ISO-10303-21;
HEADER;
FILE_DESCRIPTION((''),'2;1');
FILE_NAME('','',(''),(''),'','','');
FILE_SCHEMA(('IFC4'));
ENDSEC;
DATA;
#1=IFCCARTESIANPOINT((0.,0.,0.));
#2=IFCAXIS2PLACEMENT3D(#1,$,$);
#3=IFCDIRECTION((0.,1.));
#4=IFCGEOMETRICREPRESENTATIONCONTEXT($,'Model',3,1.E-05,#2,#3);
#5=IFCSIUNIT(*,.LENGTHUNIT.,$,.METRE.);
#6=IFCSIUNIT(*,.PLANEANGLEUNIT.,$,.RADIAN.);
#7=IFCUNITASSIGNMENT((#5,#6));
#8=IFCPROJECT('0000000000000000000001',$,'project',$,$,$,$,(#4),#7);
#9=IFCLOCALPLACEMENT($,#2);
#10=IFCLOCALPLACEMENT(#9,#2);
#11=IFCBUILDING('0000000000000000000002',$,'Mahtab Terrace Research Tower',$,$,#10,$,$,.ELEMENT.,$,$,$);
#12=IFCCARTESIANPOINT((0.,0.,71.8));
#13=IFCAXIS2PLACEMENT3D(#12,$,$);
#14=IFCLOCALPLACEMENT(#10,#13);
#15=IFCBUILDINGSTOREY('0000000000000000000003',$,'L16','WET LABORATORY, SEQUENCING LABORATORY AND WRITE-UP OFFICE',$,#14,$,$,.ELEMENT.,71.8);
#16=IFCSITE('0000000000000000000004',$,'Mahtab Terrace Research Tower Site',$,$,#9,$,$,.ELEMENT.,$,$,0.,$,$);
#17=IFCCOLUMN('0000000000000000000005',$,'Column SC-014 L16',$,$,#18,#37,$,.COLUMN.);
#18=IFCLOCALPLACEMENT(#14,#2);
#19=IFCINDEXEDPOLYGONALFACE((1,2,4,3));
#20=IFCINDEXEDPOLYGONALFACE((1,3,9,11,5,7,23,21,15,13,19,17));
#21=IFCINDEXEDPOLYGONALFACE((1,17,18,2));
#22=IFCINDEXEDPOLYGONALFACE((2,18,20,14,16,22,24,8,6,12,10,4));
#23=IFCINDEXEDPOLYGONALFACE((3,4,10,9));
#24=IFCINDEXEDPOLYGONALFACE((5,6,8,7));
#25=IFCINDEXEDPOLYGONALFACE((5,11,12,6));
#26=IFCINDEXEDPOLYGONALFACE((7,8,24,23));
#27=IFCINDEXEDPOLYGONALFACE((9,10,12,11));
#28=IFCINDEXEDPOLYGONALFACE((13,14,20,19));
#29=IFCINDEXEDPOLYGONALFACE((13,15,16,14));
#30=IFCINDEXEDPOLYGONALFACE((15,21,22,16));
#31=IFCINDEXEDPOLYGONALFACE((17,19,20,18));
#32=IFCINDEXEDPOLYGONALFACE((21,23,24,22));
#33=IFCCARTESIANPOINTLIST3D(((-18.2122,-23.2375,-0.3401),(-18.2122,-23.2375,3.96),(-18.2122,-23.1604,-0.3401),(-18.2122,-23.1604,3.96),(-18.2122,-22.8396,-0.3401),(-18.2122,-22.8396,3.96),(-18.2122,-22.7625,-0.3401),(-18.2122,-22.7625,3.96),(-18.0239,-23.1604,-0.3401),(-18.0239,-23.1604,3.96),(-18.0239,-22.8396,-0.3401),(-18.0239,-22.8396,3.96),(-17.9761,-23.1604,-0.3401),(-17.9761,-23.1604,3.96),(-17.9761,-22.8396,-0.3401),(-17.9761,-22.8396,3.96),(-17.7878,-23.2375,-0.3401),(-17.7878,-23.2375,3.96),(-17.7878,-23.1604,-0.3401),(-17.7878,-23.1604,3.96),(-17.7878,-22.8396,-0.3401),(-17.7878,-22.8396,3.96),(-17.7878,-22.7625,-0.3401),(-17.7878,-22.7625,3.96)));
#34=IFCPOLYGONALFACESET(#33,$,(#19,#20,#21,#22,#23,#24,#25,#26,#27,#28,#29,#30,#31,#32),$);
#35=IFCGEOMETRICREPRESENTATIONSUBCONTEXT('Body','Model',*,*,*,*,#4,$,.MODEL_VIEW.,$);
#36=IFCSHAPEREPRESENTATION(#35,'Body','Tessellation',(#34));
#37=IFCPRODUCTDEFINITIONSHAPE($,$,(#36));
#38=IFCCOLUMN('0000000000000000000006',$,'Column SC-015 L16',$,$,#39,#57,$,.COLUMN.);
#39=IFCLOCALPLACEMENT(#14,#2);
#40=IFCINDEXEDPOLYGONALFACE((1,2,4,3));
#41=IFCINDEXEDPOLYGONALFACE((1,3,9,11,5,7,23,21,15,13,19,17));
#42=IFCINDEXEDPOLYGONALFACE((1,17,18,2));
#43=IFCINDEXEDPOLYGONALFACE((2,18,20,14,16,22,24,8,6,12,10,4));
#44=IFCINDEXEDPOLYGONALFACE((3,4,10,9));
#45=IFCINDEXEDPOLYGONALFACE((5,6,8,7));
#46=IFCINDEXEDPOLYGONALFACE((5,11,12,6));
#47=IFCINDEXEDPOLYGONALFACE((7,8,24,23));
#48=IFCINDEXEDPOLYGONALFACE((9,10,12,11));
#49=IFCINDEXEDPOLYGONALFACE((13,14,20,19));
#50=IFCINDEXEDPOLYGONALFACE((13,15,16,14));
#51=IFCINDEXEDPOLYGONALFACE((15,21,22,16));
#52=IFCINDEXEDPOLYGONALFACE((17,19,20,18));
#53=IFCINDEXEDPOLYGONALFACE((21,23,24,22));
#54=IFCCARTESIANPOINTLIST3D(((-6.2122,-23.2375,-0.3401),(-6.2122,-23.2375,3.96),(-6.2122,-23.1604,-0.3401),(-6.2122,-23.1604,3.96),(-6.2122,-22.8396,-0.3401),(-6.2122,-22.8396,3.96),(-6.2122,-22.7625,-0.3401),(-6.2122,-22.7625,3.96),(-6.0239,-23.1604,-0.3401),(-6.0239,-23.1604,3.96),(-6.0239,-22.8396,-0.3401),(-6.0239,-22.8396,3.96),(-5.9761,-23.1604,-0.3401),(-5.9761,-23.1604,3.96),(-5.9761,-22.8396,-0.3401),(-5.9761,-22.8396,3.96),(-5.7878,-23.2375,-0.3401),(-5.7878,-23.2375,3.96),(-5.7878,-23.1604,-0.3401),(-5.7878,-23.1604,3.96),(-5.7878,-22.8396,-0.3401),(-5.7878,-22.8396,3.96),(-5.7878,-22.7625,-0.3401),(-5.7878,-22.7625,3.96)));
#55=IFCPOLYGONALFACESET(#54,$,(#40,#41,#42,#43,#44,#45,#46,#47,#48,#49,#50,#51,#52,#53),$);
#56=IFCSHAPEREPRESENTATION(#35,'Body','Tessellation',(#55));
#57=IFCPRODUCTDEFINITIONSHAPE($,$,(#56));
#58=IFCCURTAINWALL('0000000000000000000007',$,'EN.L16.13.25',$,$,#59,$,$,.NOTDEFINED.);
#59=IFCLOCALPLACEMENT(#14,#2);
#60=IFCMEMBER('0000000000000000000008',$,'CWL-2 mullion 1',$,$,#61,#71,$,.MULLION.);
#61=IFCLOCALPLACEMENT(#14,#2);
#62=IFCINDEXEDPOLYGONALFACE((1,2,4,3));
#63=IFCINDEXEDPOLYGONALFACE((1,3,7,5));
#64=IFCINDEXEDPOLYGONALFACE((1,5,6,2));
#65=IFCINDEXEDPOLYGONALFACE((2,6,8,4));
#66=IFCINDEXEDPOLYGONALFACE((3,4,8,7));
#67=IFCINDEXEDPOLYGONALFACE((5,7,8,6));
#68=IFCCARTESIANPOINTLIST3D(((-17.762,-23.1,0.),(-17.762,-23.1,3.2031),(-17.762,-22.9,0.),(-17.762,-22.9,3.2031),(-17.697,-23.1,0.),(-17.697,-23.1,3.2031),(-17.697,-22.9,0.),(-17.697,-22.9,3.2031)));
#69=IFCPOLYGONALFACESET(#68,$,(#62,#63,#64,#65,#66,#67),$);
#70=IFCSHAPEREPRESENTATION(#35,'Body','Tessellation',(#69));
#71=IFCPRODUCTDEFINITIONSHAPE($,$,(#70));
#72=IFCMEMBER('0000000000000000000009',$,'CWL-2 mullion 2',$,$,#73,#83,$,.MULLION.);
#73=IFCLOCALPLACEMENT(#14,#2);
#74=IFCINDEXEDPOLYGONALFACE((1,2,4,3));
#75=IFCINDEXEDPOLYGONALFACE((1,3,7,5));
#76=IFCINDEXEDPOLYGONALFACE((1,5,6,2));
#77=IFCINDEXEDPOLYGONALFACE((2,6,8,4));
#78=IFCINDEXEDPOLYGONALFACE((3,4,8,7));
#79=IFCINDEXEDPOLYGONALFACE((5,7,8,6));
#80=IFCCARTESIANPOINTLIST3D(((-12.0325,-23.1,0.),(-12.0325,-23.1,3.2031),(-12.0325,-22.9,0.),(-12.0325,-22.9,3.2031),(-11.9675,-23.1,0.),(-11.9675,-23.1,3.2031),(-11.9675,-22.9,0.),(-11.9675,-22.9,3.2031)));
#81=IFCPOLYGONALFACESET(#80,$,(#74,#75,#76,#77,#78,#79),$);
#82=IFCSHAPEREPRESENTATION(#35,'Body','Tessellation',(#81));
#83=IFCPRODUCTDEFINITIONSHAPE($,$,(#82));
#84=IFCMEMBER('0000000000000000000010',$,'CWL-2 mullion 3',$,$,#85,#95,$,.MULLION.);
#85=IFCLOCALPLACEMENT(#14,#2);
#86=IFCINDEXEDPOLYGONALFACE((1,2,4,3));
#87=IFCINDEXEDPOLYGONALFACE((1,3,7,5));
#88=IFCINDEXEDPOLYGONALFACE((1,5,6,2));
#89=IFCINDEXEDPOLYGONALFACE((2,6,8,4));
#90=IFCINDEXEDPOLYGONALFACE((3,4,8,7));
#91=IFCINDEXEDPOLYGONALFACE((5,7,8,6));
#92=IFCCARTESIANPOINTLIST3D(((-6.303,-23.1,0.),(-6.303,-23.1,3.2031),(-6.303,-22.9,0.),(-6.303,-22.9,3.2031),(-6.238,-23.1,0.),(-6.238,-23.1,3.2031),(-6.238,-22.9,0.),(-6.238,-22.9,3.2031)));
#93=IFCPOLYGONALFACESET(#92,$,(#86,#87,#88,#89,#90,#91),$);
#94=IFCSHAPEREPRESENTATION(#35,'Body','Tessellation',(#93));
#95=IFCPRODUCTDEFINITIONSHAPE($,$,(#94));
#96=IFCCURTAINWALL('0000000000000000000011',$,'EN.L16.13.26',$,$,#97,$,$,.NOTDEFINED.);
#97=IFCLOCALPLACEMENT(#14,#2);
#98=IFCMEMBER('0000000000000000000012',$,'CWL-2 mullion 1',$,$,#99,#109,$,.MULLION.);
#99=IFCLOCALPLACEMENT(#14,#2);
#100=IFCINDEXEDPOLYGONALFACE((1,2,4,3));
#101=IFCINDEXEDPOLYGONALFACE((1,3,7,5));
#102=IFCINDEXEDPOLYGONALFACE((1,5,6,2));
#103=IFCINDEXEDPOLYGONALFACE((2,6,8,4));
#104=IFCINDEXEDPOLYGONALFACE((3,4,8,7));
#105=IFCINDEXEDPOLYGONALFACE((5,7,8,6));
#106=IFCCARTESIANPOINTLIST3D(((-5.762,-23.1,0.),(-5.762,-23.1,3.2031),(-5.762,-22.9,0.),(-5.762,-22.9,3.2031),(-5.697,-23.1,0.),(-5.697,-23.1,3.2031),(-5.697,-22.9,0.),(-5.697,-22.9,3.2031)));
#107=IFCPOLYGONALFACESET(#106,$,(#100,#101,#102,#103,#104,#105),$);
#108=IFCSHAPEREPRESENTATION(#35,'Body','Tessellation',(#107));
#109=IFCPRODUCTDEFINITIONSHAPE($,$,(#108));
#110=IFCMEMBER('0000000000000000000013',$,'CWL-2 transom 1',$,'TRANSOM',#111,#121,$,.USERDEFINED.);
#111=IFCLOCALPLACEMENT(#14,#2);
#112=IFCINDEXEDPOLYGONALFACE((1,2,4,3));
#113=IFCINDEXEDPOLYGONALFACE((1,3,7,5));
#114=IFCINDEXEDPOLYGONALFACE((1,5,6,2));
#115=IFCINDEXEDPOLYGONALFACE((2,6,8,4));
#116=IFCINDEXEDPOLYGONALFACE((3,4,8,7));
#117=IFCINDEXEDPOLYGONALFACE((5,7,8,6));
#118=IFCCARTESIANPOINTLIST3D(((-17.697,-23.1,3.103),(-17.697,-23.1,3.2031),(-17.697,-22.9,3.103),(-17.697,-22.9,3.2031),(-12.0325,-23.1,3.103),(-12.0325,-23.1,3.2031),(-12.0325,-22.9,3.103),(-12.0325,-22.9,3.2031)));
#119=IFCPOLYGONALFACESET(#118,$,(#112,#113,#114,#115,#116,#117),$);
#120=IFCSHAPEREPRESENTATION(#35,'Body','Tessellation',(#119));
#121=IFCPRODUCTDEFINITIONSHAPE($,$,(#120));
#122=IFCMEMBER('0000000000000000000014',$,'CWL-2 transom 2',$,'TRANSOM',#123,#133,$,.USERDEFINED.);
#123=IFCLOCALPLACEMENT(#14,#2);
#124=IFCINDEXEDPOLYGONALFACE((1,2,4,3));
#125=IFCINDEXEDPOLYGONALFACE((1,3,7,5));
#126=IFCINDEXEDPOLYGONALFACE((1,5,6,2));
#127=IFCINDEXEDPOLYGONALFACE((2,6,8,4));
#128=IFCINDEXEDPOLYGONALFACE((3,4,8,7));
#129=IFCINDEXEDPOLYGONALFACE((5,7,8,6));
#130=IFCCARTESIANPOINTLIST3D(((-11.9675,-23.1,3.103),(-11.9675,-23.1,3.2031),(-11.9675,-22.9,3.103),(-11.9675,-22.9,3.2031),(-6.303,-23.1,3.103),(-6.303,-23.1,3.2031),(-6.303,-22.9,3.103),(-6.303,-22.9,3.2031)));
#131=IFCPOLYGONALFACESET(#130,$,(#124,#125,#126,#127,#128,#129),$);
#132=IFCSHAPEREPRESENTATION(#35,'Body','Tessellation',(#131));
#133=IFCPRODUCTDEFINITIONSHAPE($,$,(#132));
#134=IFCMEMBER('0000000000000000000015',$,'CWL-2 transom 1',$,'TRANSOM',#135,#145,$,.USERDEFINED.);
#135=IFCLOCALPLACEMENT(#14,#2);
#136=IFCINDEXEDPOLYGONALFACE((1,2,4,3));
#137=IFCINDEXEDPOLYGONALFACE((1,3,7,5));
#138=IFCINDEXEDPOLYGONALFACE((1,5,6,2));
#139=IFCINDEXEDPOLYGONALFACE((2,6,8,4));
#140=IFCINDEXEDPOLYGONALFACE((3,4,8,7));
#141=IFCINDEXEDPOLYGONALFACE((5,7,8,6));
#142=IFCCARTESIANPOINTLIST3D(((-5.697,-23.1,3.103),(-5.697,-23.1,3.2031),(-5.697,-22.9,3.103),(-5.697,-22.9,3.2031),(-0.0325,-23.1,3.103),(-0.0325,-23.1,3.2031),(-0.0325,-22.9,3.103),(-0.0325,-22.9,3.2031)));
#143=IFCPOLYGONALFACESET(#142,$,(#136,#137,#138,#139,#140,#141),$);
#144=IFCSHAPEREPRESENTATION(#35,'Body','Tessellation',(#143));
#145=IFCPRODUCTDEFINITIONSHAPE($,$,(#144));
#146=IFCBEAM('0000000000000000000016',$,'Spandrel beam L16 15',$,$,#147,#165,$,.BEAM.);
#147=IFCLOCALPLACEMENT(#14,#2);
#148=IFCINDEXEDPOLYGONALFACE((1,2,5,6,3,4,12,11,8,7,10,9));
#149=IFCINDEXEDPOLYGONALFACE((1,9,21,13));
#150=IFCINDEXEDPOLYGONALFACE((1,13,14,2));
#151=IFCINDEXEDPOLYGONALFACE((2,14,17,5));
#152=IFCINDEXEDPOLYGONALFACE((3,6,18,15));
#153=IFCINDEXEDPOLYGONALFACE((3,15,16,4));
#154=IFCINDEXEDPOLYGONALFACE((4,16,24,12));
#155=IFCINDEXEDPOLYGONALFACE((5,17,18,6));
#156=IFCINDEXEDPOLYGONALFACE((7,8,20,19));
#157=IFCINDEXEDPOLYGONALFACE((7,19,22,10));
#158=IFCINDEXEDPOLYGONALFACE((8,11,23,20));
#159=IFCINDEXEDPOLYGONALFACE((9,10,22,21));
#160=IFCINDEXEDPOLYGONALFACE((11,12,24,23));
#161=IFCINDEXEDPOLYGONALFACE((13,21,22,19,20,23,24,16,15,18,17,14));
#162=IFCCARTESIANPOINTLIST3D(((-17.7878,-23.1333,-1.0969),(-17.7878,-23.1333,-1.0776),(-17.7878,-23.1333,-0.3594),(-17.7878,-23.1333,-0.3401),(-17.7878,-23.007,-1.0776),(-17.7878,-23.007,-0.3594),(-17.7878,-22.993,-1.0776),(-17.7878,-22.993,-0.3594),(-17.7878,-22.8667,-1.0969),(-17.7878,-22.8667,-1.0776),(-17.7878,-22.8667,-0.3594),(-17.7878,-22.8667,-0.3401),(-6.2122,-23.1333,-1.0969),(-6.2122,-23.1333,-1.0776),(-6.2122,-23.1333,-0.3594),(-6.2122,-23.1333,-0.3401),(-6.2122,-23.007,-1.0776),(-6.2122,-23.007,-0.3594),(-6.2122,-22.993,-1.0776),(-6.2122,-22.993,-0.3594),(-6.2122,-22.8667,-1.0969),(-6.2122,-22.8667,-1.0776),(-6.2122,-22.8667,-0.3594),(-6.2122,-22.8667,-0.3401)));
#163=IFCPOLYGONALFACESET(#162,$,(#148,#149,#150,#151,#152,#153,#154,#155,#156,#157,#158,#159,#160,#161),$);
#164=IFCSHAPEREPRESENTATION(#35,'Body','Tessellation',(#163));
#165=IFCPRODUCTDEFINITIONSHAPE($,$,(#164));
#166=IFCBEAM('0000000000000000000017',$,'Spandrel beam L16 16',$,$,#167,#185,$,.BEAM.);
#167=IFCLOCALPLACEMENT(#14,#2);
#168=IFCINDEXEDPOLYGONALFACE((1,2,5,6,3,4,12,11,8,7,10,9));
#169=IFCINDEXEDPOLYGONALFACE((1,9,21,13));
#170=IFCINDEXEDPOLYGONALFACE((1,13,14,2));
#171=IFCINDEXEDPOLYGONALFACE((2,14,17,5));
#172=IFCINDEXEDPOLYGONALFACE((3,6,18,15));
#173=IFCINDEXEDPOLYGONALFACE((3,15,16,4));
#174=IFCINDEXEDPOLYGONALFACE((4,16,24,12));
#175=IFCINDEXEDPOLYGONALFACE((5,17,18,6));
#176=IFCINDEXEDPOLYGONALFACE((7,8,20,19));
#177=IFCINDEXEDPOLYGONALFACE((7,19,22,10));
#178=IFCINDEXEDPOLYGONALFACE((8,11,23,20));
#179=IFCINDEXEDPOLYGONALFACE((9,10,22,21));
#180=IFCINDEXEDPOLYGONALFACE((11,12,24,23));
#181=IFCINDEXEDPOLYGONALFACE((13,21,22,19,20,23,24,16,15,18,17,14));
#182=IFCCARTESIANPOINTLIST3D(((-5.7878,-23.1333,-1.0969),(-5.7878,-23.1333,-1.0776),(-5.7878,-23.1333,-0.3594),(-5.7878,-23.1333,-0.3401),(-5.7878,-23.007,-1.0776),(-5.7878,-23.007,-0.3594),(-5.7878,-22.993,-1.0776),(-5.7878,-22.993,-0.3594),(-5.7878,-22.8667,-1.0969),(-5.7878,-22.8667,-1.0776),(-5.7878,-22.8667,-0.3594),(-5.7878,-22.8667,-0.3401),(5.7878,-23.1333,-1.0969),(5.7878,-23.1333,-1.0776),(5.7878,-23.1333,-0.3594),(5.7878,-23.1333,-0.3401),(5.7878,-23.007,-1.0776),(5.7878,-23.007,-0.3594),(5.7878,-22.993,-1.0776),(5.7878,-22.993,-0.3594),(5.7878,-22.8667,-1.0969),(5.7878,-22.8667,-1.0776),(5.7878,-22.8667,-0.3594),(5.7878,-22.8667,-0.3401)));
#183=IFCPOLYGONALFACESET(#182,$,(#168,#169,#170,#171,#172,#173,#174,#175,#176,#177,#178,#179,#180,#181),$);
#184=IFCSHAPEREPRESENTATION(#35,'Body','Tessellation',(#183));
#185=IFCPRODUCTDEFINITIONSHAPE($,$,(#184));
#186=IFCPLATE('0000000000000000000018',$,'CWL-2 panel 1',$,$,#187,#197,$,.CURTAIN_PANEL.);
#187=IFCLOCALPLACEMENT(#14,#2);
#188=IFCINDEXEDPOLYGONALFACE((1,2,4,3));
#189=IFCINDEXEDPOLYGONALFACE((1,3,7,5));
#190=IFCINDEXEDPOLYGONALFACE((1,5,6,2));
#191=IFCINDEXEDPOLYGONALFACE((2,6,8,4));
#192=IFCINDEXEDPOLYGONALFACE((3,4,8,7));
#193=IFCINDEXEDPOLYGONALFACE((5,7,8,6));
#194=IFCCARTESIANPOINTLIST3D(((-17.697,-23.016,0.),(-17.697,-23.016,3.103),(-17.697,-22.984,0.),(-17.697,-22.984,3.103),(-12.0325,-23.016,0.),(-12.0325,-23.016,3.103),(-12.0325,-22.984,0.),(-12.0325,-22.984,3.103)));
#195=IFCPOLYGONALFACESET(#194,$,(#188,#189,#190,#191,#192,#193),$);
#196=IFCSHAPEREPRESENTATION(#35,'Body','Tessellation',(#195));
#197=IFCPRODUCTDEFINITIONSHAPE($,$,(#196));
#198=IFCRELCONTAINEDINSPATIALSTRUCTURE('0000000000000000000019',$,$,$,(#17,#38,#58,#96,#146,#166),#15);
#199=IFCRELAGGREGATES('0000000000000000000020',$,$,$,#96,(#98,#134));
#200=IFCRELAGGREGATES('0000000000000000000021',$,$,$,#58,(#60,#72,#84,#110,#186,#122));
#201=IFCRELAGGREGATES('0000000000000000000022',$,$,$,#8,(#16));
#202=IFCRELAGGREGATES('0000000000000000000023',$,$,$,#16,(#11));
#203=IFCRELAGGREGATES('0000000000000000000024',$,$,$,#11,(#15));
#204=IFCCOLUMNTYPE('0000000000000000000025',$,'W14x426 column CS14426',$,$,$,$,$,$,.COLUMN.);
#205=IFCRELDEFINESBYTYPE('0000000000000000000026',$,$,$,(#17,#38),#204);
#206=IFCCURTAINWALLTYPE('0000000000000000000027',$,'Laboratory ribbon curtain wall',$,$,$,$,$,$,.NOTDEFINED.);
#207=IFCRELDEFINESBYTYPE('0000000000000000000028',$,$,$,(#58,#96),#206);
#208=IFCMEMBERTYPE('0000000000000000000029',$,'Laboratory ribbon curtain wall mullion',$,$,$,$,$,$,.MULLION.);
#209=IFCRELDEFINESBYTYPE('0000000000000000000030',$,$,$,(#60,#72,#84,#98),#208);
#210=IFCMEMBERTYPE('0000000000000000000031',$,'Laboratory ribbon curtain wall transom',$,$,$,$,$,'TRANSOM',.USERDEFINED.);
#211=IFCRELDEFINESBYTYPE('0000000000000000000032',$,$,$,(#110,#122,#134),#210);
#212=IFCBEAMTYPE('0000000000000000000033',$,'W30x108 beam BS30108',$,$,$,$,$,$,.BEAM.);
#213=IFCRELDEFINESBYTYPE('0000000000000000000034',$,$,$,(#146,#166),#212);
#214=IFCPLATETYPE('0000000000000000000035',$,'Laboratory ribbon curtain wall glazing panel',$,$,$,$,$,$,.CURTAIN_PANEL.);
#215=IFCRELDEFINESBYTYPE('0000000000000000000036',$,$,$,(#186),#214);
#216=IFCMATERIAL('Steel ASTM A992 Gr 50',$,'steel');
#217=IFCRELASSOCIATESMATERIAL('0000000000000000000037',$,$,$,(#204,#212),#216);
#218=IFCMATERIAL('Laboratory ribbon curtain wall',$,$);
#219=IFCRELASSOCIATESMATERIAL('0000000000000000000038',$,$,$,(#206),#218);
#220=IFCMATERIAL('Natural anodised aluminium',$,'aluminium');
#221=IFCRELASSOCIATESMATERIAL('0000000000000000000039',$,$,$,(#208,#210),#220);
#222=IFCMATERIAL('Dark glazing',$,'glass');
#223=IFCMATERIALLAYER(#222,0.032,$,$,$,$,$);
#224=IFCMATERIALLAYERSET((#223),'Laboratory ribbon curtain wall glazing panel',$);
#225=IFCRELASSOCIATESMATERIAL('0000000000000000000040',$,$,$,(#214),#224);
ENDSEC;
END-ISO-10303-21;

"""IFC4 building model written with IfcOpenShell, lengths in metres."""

from ifc_helpers import new_model, si_unit, direction, frame, origin, origin_2d, place, context, subcontext, project, spatial, rectangle, i_section, extrude, material, layer, layer_set, material_profile, profile_set, type_object, element, aggregate, save


model = new_model("IFC4")

# Units and contexts
model_context = context("Model", 3, precision=1e-05, world=origin(), true_north=direction((0.0, 1.0)))
body_context = subcontext(model_context, "Body", "Model", "MODEL_VIEW")
ifc_project = project(units=[si_unit("LENGTHUNIT", "METRE"), si_unit("PLANEANGLEUNIT", "RADIAN")], contexts=[model_context])

# Site, building, storey
site_placement = place(None, origin())
site = spatial("IfcSite", under=ifc_project, at=site_placement, Name="Mahtab Terrace Research Tower Site", CompositionType="ELEMENT", RefElevation=0.0)
building_placement = place(site_placement, origin())
building = spatial("IfcBuilding", under=site, at=building_placement, Name="Mahtab Terrace Research Tower", CompositionType="ELEMENT")
storey_placement = place(building_placement, frame((0.0, 0.0, 71.8)))
storey = spatial("IfcBuildingStorey", under=building, at=storey_placement, Name="L16", Description="WET LABORATORY, SEQUENCING LABORATORY AND WRITE-UP OFFICE", CompositionType="ELEMENT", Elevation=71.8)

# Columns
ifc_material_1 = material(Name="Steel ASTM A992 Gr 50", Category="steel")
ifc_material_profile_1 = material_profile(ifc_material_1, i_section(OverallWidth=0.4243, OverallDepth=0.4751, WebThickness=0.0479, FlangeThickness=0.0771, at=origin_2d()), Name="W14X426")
ifc_profile_set_1 = profile_set([ifc_material_profile_1], Name="Steel ASTM A992 Gr 50")
column_type = type_object("IfcColumnType", Name="W14x426 column CS14426", PredefinedType="COLUMN", material=ifc_profile_set_1)
for number, where, z_axis, x_axis, name in (
    (1, (-18.0, -23.0, -0.3401), (0.0, 0.0, 1.0), (1.0, 0.0, 0.0), "Column SC-014 L16"),
    (2, (-6.0, -23.0, -0.3401), (0.0, 0.0, 1.0), (1.0, 0.0, 0.0), "Column SC-015 L16"),
):
    element("IfcColumn", number, at=place(storey_placement, frame(where, z_axis=z_axis, x_axis=x_axis)), inside=storey, type_object=column_type, Name=name, PredefinedType="COLUMN", context=body_context, shape_type="SweptSolid", body=[
        extrude(i_section(OverallWidth=0.4243, OverallDepth=0.4751, WebThickness=0.0479, FlangeThickness=0.0771, at=origin_2d()), origin(), (0.0, 0.0, 1.0), 4.3),
    ])

# Curtain wall, members
ifc_material_2 = material(Name="Laboratory ribbon curtain wall")
curtain_wall_type = type_object("IfcCurtainWallType", Name="Laboratory ribbon curtain wall", PredefinedType="NOTDEFINED", material=ifc_material_2)
curtain_wall_1_placement = place(storey_placement, origin())
curtain_wall_1 = element("IfcCurtainWall", 3, at=curtain_wall_1_placement, inside=storey, type_object=curtain_wall_type, Name="EN.L16.13.25", PredefinedType="NOTDEFINED")
ifc_material_3 = material(Name="Natural anodised aluminium", Category="aluminium")
ifc_material_profile_2 = material_profile(ifc_material_3, rectangle(XDim=0.2, YDim=0.0649, at=origin_2d()), Name="MULLION 65x200")
ifc_profile_set_2 = profile_set([ifc_material_profile_2], Name="Natural anodised aluminium")
member_type_1 = type_object("IfcMemberType", Name="Laboratory ribbon curtain wall mullion", PredefinedType="MULLION", material=ifc_profile_set_2)
member_1_placement = place(storey_placement, frame((-17.7295, -23.0, 0.0), z_axis=(0.0, 0.0, 1.0), x_axis=(0.0, 1.0, 0.0)))
member_1 = element("IfcMember", 4, at=member_1_placement, type_object=member_type_1, Name="CWL-2 mullion 1", PredefinedType="MULLION", context=body_context, shape_type="SweptSolid", body=[
    extrude(rectangle(XDim=0.2, YDim=0.0649, at=origin_2d()), origin(), (0.0, 0.0, 1.0), 3.2031),
])
member_2_placement = place(storey_placement, frame((-12.0, -23.0, 0.0), z_axis=(0.0, 0.0, 1.0), x_axis=(0.0, 1.0, 0.0)))
member_2 = element("IfcMember", 5, at=member_2_placement, type_object=member_type_1, Name="CWL-2 mullion 2", PredefinedType="MULLION", context=body_context, shape_type="SweptSolid", body=[
    extrude(rectangle(XDim=0.2, YDim=0.0649, at=origin_2d()), origin(), (0.0, 0.0, 1.0), 3.2031),
])
member_3_placement = place(storey_placement, frame((-6.2705, -23.0, 0.0), z_axis=(0.0, 0.0, 1.0), x_axis=(0.0, 1.0, 0.0)))
member_3 = element("IfcMember", 6, at=member_3_placement, type_object=member_type_1, Name="CWL-2 mullion 3", PredefinedType="MULLION", context=body_context, shape_type="SweptSolid", body=[
    extrude(rectangle(XDim=0.2, YDim=0.0649, at=origin_2d()), origin(), (0.0, 0.0, 1.0), 3.2031),
])

# Curtain wall, member
curtain_wall_2_placement = place(storey_placement, origin())
curtain_wall_2 = element("IfcCurtainWall", 7, at=curtain_wall_2_placement, inside=storey, type_object=curtain_wall_type, Name="EN.L16.13.26", PredefinedType="NOTDEFINED")
member_4_placement = place(storey_placement, frame((-5.7295, -23.0, 0.0), z_axis=(0.0, 0.0, 1.0), x_axis=(0.0, 1.0, 0.0)))
member_4 = element("IfcMember", 8, at=member_4_placement, type_object=member_type_1, Name="CWL-2 mullion 1", PredefinedType="MULLION", context=body_context, shape_type="SweptSolid", body=[
    extrude(rectangle(XDim=0.2, YDim=0.0649, at=origin_2d()), origin(), (0.0, 0.0, 1.0), 3.2031),
])

# Members
ifc_material_profile_3 = material_profile(ifc_material_3, rectangle(XDim=0.2, YDim=0.1001, at=origin_2d()), Name="TRANSOM 100x200")
ifc_profile_set_3 = profile_set([ifc_material_profile_3], Name="Natural anodised aluminium")
member_type_2 = type_object("IfcMemberType", Name="Laboratory ribbon curtain wall transom", ElementType="TRANSOM", PredefinedType="USERDEFINED", material=ifc_profile_set_3)
member_5_placement = place(storey_placement, frame((-17.697, -23.0, 3.1531), z_axis=(1.0, 0.0, 0.0), x_axis=(0.0, 1.0, 0.0)))
member_5 = element("IfcMember", 9, at=member_5_placement, type_object=member_type_2, Name="CWL-2 transom 1", ObjectType="TRANSOM", PredefinedType="USERDEFINED", context=body_context, shape_type="SweptSolid", body=[
    extrude(rectangle(XDim=0.2, YDim=0.1001, at=origin_2d()), origin(), (0.0, 0.0, 1.0), 5.6646),
])
member_6_placement = place(storey_placement, frame((-11.9675, -23.0, 3.1531), z_axis=(1.0, 0.0, 0.0), x_axis=(0.0, 1.0, 0.0)))
member_6 = element("IfcMember", 10, at=member_6_placement, type_object=member_type_2, Name="CWL-2 transom 2", ObjectType="TRANSOM", PredefinedType="USERDEFINED", context=body_context, shape_type="SweptSolid", body=[
    extrude(rectangle(XDim=0.2, YDim=0.1001, at=origin_2d()), origin(), (0.0, 0.0, 1.0), 5.6646),
])
member_7_placement = place(storey_placement, frame((-5.697, -23.0, 3.1531), z_axis=(1.0, 0.0, 0.0), x_axis=(0.0, 1.0, 0.0)))
member_7 = element("IfcMember", 11, at=member_7_placement, type_object=member_type_2, Name="CWL-2 transom 1", ObjectType="TRANSOM", PredefinedType="USERDEFINED", context=body_context, shape_type="SweptSolid", body=[
    extrude(rectangle(XDim=0.2, YDim=0.1001, at=origin_2d()), origin(), (0.0, 0.0, 1.0), 5.6646),
])
aggregate(curtain_wall_2, [member_4, member_7])

# Beams
ifc_material_profile_4 = material_profile(ifc_material_1, i_section(OverallWidth=0.2666, OverallDepth=0.7568, WebThickness=0.0139, FlangeThickness=0.0193, at=origin_2d()), Name="W30X108")
ifc_profile_set_4 = profile_set([ifc_material_profile_4], Name="Steel ASTM A992 Gr 50")
beam_type = type_object("IfcBeamType", Name="W30x108 beam BS30108", PredefinedType="BEAM", material=ifc_profile_set_4)
for number, where, z_axis, x_axis, name in (
    (12, (-17.7878, -23.0, -0.7185), (1.0, 0.0, 0.0), (0.0, 1.0, 0.0), "Spandrel beam L16 15"),
    (13, (-5.7878, -23.0, -0.7185), (1.0, 0.0, 0.0), (0.0, 1.0, 0.0), "Spandrel beam L16 16"),
):
    element("IfcBeam", number, at=place(storey_placement, frame(where, z_axis=z_axis, x_axis=x_axis)), inside=storey, type_object=beam_type, Name=name, PredefinedType="BEAM", context=body_context, shape_type="SweptSolid", body=[
        extrude(i_section(OverallWidth=0.2666, OverallDepth=0.7568, WebThickness=0.0139, FlangeThickness=0.0193, at=origin_2d()), origin(), (0.0, 0.0, 1.0), 11.5757),
    ])

# Plate
ifc_material_4 = material(Name="Dark glazing", Category="glass")
ifc_layer = layer(ifc_material_4, 0.032)
ifc_layer_set = layer_set([ifc_layer], Name="Laboratory ribbon curtain wall glazing panel")
plate_type = type_object("IfcPlateType", Name="Laboratory ribbon curtain wall glazing panel", PredefinedType="CURTAIN_PANEL", material=ifc_layer_set)
plate_1_placement = place(storey_placement, frame((-14.8647, -23.0, 0.0), z_axis=(0.0, 0.0, 1.0), x_axis=(1.0, 0.0, 0.0)))
plate_1 = element("IfcPlate", 14, at=plate_1_placement, type_object=plate_type, Name="CWL-2 panel 1", PredefinedType="CURTAIN_PANEL", context=body_context, shape_type="SweptSolid", body=[
    extrude(rectangle(XDim=5.6646, YDim=0.032, at=origin_2d()), origin(), (0.0, 0.0, 1.0), 3.103),
])
aggregate(curtain_wall_1, [member_1, member_2, member_3, member_5, plate_1, member_6])

save(model, "model.ifc")
